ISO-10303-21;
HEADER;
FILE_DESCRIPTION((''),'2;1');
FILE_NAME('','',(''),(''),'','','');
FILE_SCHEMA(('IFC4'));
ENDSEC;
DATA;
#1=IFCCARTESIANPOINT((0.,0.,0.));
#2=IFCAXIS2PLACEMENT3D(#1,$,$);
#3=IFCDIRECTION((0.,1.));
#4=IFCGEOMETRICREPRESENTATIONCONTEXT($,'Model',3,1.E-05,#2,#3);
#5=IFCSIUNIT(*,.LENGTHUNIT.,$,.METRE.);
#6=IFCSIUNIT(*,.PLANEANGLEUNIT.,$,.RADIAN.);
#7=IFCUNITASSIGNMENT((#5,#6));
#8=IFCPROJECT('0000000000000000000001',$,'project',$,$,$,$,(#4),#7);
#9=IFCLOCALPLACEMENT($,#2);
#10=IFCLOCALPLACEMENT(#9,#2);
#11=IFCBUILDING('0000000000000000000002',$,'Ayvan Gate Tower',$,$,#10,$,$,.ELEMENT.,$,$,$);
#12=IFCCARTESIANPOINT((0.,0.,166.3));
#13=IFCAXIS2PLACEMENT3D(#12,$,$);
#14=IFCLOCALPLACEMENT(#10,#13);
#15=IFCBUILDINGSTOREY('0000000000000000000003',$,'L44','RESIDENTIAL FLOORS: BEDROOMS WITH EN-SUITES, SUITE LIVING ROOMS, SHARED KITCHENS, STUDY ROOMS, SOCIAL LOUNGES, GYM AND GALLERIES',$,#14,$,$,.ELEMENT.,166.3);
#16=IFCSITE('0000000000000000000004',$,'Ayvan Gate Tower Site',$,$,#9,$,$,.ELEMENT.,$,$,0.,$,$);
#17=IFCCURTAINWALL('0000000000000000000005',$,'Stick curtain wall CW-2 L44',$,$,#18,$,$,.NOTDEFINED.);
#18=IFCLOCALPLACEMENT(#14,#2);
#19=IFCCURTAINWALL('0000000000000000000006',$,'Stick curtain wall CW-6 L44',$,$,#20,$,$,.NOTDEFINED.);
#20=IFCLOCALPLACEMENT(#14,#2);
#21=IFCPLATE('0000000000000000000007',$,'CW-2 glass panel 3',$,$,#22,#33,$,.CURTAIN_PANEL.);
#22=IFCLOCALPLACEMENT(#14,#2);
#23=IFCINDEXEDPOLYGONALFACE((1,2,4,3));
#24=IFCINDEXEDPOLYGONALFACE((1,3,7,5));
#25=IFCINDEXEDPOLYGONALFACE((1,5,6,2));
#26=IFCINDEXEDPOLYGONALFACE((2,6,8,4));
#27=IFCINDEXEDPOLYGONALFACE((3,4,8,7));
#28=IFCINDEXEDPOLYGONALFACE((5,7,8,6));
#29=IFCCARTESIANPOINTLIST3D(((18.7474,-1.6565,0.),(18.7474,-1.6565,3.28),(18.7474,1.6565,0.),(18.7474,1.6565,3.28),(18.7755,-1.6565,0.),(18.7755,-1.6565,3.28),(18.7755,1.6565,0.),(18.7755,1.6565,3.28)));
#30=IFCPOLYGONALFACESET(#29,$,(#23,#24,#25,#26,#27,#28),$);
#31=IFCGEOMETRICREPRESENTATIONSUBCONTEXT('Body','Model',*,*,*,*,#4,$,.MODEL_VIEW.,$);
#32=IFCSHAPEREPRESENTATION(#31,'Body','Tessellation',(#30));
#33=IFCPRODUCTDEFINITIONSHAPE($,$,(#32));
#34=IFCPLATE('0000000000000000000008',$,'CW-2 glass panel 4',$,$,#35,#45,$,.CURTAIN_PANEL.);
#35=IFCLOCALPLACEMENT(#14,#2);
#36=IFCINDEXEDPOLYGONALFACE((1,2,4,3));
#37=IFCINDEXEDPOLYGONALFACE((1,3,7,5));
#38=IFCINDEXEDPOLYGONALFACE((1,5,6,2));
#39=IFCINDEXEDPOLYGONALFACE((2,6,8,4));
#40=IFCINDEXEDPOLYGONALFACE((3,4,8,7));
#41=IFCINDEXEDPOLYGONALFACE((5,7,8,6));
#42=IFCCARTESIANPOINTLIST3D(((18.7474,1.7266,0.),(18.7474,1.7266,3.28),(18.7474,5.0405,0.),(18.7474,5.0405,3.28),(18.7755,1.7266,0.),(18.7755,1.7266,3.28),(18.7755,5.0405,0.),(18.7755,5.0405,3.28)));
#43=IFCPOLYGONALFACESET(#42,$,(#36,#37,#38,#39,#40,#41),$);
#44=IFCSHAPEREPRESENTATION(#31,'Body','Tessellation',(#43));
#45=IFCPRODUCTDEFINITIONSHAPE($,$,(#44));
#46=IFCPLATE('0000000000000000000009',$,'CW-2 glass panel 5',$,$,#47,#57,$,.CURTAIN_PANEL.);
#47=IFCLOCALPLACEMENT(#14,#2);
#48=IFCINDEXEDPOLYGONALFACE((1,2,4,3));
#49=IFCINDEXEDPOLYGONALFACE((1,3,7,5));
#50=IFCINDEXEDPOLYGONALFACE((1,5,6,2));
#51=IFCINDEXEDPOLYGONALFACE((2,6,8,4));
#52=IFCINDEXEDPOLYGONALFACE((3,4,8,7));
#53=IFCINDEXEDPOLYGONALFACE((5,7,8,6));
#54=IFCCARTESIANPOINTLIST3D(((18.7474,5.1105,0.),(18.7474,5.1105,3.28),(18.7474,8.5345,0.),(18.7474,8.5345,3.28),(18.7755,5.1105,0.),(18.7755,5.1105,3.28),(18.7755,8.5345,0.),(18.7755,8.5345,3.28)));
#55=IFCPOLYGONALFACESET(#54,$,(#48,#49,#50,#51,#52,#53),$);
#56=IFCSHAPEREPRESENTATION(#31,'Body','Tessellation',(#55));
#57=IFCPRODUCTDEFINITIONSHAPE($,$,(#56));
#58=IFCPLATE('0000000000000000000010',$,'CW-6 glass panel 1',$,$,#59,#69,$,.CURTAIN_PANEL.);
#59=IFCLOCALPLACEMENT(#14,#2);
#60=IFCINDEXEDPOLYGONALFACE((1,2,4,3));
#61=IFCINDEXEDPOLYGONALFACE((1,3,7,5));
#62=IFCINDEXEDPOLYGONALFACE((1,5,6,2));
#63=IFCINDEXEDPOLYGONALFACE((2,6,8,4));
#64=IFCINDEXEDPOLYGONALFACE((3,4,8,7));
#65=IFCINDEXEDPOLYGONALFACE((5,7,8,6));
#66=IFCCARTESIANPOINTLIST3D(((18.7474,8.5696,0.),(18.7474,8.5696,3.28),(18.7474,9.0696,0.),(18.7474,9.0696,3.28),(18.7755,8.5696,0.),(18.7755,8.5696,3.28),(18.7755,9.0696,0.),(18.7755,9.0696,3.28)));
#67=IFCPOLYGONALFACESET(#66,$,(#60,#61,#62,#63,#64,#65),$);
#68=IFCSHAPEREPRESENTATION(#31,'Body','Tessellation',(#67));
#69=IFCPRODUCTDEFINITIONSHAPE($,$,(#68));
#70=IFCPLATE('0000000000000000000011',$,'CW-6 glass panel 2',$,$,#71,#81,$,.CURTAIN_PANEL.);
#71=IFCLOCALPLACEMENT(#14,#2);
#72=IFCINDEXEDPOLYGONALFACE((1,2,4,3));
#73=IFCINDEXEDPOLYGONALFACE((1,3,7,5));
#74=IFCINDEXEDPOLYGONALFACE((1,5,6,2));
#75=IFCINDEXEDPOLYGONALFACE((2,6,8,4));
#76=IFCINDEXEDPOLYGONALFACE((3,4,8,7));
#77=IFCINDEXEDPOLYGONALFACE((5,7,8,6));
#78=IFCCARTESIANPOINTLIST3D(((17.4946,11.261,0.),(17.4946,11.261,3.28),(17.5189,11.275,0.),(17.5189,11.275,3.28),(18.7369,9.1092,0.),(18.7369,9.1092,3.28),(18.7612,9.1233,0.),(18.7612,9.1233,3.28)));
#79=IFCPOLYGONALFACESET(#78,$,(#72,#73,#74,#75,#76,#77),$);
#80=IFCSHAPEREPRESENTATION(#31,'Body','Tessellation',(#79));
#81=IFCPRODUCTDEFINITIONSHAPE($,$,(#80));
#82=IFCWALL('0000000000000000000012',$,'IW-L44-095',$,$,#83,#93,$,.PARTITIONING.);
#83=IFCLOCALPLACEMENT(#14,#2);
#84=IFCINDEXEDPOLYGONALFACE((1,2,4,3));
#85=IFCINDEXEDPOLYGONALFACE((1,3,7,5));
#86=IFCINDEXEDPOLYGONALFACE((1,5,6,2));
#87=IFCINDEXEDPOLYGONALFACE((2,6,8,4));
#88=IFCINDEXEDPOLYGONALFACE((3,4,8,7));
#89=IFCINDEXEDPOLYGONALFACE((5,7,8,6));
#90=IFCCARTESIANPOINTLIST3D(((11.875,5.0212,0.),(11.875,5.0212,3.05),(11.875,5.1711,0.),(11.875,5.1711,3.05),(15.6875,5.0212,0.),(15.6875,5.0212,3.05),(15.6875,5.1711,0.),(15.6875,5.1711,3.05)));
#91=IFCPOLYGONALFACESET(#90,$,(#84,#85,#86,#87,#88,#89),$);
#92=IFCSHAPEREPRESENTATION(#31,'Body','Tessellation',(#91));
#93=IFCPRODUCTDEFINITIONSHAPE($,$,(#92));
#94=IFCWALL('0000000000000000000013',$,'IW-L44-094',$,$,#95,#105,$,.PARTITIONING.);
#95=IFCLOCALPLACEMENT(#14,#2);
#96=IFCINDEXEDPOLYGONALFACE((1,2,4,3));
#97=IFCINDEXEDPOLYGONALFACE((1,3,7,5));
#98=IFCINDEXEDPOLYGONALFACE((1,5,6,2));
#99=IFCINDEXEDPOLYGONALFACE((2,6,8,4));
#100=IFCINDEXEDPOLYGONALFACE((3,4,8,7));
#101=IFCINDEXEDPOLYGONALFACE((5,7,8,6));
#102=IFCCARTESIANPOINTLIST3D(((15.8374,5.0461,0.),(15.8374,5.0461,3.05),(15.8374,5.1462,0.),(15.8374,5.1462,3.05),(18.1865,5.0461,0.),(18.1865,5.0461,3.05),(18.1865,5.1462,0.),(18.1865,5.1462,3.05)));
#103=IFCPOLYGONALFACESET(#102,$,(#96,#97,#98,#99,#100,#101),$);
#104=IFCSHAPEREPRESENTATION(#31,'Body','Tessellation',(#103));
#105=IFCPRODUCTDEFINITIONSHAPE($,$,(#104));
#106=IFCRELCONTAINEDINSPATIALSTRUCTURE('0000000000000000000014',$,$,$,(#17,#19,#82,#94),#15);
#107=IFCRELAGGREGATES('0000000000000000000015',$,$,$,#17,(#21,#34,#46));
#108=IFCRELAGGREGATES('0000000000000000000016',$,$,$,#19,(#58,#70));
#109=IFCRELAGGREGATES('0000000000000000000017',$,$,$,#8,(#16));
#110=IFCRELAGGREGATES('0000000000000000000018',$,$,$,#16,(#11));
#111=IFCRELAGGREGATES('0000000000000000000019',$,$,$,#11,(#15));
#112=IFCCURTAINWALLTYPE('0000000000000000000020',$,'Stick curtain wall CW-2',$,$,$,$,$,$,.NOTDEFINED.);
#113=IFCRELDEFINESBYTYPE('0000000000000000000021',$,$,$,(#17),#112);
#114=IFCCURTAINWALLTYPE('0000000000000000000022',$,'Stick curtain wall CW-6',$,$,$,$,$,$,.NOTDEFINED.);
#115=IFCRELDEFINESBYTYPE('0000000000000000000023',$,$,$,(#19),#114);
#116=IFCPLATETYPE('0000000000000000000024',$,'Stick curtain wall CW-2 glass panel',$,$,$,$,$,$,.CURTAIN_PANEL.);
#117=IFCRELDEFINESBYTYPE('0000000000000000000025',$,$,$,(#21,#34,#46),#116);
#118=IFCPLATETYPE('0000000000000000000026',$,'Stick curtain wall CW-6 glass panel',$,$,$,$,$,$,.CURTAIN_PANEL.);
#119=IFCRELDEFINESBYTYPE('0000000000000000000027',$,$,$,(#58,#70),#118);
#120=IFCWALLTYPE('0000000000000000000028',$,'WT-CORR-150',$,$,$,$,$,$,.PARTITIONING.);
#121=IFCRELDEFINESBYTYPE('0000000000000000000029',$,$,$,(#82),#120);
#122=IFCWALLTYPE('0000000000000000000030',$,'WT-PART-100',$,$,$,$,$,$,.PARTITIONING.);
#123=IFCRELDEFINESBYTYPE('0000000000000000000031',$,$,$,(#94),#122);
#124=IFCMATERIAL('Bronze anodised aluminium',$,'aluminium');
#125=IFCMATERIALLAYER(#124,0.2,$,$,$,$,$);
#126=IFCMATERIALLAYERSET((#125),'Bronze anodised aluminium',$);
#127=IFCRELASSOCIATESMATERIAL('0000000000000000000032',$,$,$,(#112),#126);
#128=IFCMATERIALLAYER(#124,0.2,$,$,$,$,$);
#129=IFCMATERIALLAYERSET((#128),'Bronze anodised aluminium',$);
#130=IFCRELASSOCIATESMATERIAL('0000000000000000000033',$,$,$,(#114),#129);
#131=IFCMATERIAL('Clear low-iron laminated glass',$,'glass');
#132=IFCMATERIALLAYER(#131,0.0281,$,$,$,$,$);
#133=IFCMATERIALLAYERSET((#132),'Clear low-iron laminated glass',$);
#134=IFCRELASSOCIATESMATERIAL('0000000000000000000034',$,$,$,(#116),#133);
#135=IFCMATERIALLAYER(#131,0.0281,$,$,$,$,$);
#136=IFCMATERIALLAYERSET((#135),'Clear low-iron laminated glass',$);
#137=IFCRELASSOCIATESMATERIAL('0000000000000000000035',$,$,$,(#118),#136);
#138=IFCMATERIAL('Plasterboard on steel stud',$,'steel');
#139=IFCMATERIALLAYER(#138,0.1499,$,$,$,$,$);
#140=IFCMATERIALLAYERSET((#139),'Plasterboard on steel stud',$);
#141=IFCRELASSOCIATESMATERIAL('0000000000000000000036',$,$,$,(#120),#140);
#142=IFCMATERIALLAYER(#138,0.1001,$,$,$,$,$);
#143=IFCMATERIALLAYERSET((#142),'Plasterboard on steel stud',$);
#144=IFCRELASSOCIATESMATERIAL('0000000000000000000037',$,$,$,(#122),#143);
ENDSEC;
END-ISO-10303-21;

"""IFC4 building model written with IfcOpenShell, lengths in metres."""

from ifc_helpers import new_model, si_unit, direction, frame, frame_2d, origin, origin_2d, place, context, subcontext, project, spatial, rectangle, extrude, material, layer, layer_set, type_object, element, aggregate, save


model = new_model("IFC4")

# Units and contexts
model_context = context("Model", 3, precision=1e-05, world=origin(), true_north=direction((0.0, 1.0)))
body_context = subcontext(model_context, "Body", "Model", "MODEL_VIEW")
ifc_project = project(units=[si_unit("LENGTHUNIT", "METRE"), si_unit("PLANEANGLEUNIT", "RADIAN")], contexts=[model_context])

# Site, building, storey
site_placement = place(None, origin())
site = spatial("IfcSite", under=ifc_project, at=site_placement, Name="Ayvan Gate Tower Site", CompositionType="ELEMENT", RefElevation=0.0)
building_placement = place(site_placement, origin())
building = spatial("IfcBuilding", under=site, at=building_placement, Name="Ayvan Gate Tower", CompositionType="ELEMENT")
storey_placement = place(building_placement, frame((0.0, 0.0, 166.3)))
storey = spatial("IfcBuildingStorey", under=building, at=storey_placement, Name="L44", Description="RESIDENTIAL FLOORS: BEDROOMS WITH EN-SUITES, SUITE LIVING ROOMS, SHARED KITCHENS, STUDY ROOMS, SOCIAL LOUNGES, GYM AND GALLERIES", CompositionType="ELEMENT", Elevation=166.3)

# Curtain walls
ifc_material_1 = material(Name="Bronze anodised aluminium", Category="aluminium")
ifc_layer_1 = layer(ifc_material_1, 0.2)
ifc_layer_set_1 = layer_set([ifc_layer_1], Name="Bronze anodised aluminium")
curtain_wall_type_1 = type_object("IfcCurtainWallType", Name="Stick curtain wall CW-2", PredefinedType="NOTDEFINED", material=ifc_layer_set_1)
curtain_wall_1_placement = place(storey_placement, origin())
curtain_wall_1 = element("IfcCurtainWall", 1, at=curtain_wall_1_placement, inside=storey, type_object=curtain_wall_type_1, Name="Stick curtain wall CW-2 L44", PredefinedType="NOTDEFINED")
ifc_layer_2 = layer(ifc_material_1, 0.2)
ifc_layer_set_2 = layer_set([ifc_layer_2], Name="Bronze anodised aluminium")
curtain_wall_type_2 = type_object("IfcCurtainWallType", Name="Stick curtain wall CW-6", PredefinedType="NOTDEFINED", material=ifc_layer_set_2)
curtain_wall_2_placement = place(storey_placement, origin())
curtain_wall_2 = element("IfcCurtainWall", 2, at=curtain_wall_2_placement, inside=storey, type_object=curtain_wall_type_2, Name="Stick curtain wall CW-6 L44", PredefinedType="NOTDEFINED")

# Plates
ifc_material_2 = material(Name="Clear low-iron laminated glass", Category="glass")
ifc_layer_3 = layer(ifc_material_2, 0.0281)
ifc_layer_set_3 = layer_set([ifc_layer_3], Name="Clear low-iron laminated glass")
plate_type_1 = type_object("IfcPlateType", Name="Stick curtain wall CW-2 glass panel", PredefinedType="CURTAIN_PANEL", material=ifc_layer_set_3)
plate_1_placement = place(storey_placement, frame((18.7615, 0.0, 0.0), z_axis=(0.0, 0.0, 1.0), x_axis=(0.0, 1.0, 0.0)))
plate_1 = element("IfcPlate", 3, at=plate_1_placement, type_object=plate_type_1, Name="CW-2 glass panel 3", PredefinedType="CURTAIN_PANEL", context=body_context, shape_type="SweptSolid", body=[
    extrude(rectangle(XDim=3.313, YDim=0.0281, at=origin_2d()), origin(), (0.0, 0.0, 1.0), 3.28),
])
plate_2_placement = place(storey_placement, frame((18.7615, 3.3835, 0.0), z_axis=(0.0, 0.0, 1.0), x_axis=(0.0, 1.0, 0.0)))
plate_2 = element("IfcPlate", 4, at=plate_2_placement, type_object=plate_type_1, Name="CW-2 glass panel 4", PredefinedType="CURTAIN_PANEL", context=body_context, shape_type="SweptSolid", body=[
    extrude(rectangle(XDim=3.314, YDim=0.0281, at=origin_2d()), origin(), (0.0, 0.0, 1.0), 3.28),
])
plate_3_placement = place(storey_placement, frame((18.7615, 6.8225, 0.0), z_axis=(0.0, 0.0, 1.0), x_axis=(0.0, 1.0, 0.0)))
plate_3 = element("IfcPlate", 5, at=plate_3_placement, type_object=plate_type_1, Name="CW-2 glass panel 5", PredefinedType="CURTAIN_PANEL", context=body_context, shape_type="SweptSolid", body=[
    extrude(rectangle(XDim=3.4241, YDim=0.0281, at=origin_2d()), origin(), (0.0, 0.0, 1.0), 3.28),
])
aggregate(curtain_wall_1, [plate_1, plate_2, plate_3])
ifc_layer_4 = layer(ifc_material_2, 0.0281)
ifc_layer_set_4 = layer_set([ifc_layer_4], Name="Clear low-iron laminated glass")
plate_type_2 = type_object("IfcPlateType", Name="Stick curtain wall CW-6 glass panel", PredefinedType="CURTAIN_PANEL", material=ifc_layer_set_4)
plate_4_placement = place(storey_placement, frame((18.7615, 8.8196, 0.0), z_axis=(0.0, 0.0, 1.0), x_axis=(0.0, 1.0, 0.0)))
plate_4 = element("IfcPlate", 6, at=plate_4_placement, type_object=plate_type_2, Name="CW-6 glass panel 1", PredefinedType="CURTAIN_PANEL", context=body_context, shape_type="SweptSolid", body=[
    extrude(rectangle(XDim=0.5, YDim=0.0281, at=origin_2d()), origin(), (0.0, 0.0, 1.0), 3.28),
])
plate_5_placement = place(storey_placement, frame((18.1279, 10.1921, 0.0), z_axis=(0.0, 0.0, 1.0), x_axis=(-0.5, 0.866025, 0.0)))
plate_5 = element("IfcPlate", 7, at=plate_5_placement, type_object=plate_type_2, Name="CW-6 glass panel 2", PredefinedType="CURTAIN_PANEL", context=body_context, shape_type="SweptSolid", body=[
    extrude(rectangle(XDim=2.4846, YDim=0.0281, at=origin_2d()), origin(), (0.0, 0.0, 1.0), 3.28),
])
aggregate(curtain_wall_2, [plate_4, plate_5])

# Walls
ifc_material_3 = material(Name="Plasterboard on steel stud", Category="steel")
ifc_layer_5 = layer(ifc_material_3, 0.1499)
ifc_layer_set_5 = layer_set([ifc_layer_5], Name="Plasterboard on steel stud")
wall_type_1 = type_object("IfcWallType", Name="WT-CORR-150", PredefinedType="PARTITIONING", material=ifc_layer_set_5)
wall_1_placement = place(storey_placement, frame((15.6875, 5.0962, 0.0), z_axis=(0.0, 0.0, 1.0), x_axis=(-1.0, 0.0, 0.0)))
element("IfcWall", 8, at=wall_1_placement, inside=storey, type_object=wall_type_1, Name="IW-L44-095", PredefinedType="PARTITIONING", context=body_context, shape_type="SweptSolid", body=[
    extrude(rectangle(XDim=3.8125, YDim=0.1499, at=frame_2d((1.9062, 0.0))), origin(), (0.0, 0.0, 1.0), 3.05),
])
ifc_layer_6 = layer(ifc_material_3, 0.1001)
ifc_layer_set_6 = layer_set([ifc_layer_6], Name="Plasterboard on steel stud")
wall_type_2 = type_object("IfcWallType", Name="WT-PART-100", PredefinedType="PARTITIONING", material=ifc_layer_set_6)
wall_2_placement = place(storey_placement, frame((15.8374, 5.0962, 0.0), z_axis=(0.0, 0.0, 1.0), x_axis=(1.0, 0.0, 0.0)))
element("IfcWall", 9, at=wall_2_placement, inside=storey, type_object=wall_type_2, Name="IW-L44-094", PredefinedType="PARTITIONING", context=body_context, shape_type="SweptSolid", body=[
    extrude(rectangle(XDim=2.3491, YDim=0.1001, at=frame_2d((1.1746, 0.0))), origin(), (0.0, 0.0, 1.0), 3.05),
])

save(model, "model.ifc")
